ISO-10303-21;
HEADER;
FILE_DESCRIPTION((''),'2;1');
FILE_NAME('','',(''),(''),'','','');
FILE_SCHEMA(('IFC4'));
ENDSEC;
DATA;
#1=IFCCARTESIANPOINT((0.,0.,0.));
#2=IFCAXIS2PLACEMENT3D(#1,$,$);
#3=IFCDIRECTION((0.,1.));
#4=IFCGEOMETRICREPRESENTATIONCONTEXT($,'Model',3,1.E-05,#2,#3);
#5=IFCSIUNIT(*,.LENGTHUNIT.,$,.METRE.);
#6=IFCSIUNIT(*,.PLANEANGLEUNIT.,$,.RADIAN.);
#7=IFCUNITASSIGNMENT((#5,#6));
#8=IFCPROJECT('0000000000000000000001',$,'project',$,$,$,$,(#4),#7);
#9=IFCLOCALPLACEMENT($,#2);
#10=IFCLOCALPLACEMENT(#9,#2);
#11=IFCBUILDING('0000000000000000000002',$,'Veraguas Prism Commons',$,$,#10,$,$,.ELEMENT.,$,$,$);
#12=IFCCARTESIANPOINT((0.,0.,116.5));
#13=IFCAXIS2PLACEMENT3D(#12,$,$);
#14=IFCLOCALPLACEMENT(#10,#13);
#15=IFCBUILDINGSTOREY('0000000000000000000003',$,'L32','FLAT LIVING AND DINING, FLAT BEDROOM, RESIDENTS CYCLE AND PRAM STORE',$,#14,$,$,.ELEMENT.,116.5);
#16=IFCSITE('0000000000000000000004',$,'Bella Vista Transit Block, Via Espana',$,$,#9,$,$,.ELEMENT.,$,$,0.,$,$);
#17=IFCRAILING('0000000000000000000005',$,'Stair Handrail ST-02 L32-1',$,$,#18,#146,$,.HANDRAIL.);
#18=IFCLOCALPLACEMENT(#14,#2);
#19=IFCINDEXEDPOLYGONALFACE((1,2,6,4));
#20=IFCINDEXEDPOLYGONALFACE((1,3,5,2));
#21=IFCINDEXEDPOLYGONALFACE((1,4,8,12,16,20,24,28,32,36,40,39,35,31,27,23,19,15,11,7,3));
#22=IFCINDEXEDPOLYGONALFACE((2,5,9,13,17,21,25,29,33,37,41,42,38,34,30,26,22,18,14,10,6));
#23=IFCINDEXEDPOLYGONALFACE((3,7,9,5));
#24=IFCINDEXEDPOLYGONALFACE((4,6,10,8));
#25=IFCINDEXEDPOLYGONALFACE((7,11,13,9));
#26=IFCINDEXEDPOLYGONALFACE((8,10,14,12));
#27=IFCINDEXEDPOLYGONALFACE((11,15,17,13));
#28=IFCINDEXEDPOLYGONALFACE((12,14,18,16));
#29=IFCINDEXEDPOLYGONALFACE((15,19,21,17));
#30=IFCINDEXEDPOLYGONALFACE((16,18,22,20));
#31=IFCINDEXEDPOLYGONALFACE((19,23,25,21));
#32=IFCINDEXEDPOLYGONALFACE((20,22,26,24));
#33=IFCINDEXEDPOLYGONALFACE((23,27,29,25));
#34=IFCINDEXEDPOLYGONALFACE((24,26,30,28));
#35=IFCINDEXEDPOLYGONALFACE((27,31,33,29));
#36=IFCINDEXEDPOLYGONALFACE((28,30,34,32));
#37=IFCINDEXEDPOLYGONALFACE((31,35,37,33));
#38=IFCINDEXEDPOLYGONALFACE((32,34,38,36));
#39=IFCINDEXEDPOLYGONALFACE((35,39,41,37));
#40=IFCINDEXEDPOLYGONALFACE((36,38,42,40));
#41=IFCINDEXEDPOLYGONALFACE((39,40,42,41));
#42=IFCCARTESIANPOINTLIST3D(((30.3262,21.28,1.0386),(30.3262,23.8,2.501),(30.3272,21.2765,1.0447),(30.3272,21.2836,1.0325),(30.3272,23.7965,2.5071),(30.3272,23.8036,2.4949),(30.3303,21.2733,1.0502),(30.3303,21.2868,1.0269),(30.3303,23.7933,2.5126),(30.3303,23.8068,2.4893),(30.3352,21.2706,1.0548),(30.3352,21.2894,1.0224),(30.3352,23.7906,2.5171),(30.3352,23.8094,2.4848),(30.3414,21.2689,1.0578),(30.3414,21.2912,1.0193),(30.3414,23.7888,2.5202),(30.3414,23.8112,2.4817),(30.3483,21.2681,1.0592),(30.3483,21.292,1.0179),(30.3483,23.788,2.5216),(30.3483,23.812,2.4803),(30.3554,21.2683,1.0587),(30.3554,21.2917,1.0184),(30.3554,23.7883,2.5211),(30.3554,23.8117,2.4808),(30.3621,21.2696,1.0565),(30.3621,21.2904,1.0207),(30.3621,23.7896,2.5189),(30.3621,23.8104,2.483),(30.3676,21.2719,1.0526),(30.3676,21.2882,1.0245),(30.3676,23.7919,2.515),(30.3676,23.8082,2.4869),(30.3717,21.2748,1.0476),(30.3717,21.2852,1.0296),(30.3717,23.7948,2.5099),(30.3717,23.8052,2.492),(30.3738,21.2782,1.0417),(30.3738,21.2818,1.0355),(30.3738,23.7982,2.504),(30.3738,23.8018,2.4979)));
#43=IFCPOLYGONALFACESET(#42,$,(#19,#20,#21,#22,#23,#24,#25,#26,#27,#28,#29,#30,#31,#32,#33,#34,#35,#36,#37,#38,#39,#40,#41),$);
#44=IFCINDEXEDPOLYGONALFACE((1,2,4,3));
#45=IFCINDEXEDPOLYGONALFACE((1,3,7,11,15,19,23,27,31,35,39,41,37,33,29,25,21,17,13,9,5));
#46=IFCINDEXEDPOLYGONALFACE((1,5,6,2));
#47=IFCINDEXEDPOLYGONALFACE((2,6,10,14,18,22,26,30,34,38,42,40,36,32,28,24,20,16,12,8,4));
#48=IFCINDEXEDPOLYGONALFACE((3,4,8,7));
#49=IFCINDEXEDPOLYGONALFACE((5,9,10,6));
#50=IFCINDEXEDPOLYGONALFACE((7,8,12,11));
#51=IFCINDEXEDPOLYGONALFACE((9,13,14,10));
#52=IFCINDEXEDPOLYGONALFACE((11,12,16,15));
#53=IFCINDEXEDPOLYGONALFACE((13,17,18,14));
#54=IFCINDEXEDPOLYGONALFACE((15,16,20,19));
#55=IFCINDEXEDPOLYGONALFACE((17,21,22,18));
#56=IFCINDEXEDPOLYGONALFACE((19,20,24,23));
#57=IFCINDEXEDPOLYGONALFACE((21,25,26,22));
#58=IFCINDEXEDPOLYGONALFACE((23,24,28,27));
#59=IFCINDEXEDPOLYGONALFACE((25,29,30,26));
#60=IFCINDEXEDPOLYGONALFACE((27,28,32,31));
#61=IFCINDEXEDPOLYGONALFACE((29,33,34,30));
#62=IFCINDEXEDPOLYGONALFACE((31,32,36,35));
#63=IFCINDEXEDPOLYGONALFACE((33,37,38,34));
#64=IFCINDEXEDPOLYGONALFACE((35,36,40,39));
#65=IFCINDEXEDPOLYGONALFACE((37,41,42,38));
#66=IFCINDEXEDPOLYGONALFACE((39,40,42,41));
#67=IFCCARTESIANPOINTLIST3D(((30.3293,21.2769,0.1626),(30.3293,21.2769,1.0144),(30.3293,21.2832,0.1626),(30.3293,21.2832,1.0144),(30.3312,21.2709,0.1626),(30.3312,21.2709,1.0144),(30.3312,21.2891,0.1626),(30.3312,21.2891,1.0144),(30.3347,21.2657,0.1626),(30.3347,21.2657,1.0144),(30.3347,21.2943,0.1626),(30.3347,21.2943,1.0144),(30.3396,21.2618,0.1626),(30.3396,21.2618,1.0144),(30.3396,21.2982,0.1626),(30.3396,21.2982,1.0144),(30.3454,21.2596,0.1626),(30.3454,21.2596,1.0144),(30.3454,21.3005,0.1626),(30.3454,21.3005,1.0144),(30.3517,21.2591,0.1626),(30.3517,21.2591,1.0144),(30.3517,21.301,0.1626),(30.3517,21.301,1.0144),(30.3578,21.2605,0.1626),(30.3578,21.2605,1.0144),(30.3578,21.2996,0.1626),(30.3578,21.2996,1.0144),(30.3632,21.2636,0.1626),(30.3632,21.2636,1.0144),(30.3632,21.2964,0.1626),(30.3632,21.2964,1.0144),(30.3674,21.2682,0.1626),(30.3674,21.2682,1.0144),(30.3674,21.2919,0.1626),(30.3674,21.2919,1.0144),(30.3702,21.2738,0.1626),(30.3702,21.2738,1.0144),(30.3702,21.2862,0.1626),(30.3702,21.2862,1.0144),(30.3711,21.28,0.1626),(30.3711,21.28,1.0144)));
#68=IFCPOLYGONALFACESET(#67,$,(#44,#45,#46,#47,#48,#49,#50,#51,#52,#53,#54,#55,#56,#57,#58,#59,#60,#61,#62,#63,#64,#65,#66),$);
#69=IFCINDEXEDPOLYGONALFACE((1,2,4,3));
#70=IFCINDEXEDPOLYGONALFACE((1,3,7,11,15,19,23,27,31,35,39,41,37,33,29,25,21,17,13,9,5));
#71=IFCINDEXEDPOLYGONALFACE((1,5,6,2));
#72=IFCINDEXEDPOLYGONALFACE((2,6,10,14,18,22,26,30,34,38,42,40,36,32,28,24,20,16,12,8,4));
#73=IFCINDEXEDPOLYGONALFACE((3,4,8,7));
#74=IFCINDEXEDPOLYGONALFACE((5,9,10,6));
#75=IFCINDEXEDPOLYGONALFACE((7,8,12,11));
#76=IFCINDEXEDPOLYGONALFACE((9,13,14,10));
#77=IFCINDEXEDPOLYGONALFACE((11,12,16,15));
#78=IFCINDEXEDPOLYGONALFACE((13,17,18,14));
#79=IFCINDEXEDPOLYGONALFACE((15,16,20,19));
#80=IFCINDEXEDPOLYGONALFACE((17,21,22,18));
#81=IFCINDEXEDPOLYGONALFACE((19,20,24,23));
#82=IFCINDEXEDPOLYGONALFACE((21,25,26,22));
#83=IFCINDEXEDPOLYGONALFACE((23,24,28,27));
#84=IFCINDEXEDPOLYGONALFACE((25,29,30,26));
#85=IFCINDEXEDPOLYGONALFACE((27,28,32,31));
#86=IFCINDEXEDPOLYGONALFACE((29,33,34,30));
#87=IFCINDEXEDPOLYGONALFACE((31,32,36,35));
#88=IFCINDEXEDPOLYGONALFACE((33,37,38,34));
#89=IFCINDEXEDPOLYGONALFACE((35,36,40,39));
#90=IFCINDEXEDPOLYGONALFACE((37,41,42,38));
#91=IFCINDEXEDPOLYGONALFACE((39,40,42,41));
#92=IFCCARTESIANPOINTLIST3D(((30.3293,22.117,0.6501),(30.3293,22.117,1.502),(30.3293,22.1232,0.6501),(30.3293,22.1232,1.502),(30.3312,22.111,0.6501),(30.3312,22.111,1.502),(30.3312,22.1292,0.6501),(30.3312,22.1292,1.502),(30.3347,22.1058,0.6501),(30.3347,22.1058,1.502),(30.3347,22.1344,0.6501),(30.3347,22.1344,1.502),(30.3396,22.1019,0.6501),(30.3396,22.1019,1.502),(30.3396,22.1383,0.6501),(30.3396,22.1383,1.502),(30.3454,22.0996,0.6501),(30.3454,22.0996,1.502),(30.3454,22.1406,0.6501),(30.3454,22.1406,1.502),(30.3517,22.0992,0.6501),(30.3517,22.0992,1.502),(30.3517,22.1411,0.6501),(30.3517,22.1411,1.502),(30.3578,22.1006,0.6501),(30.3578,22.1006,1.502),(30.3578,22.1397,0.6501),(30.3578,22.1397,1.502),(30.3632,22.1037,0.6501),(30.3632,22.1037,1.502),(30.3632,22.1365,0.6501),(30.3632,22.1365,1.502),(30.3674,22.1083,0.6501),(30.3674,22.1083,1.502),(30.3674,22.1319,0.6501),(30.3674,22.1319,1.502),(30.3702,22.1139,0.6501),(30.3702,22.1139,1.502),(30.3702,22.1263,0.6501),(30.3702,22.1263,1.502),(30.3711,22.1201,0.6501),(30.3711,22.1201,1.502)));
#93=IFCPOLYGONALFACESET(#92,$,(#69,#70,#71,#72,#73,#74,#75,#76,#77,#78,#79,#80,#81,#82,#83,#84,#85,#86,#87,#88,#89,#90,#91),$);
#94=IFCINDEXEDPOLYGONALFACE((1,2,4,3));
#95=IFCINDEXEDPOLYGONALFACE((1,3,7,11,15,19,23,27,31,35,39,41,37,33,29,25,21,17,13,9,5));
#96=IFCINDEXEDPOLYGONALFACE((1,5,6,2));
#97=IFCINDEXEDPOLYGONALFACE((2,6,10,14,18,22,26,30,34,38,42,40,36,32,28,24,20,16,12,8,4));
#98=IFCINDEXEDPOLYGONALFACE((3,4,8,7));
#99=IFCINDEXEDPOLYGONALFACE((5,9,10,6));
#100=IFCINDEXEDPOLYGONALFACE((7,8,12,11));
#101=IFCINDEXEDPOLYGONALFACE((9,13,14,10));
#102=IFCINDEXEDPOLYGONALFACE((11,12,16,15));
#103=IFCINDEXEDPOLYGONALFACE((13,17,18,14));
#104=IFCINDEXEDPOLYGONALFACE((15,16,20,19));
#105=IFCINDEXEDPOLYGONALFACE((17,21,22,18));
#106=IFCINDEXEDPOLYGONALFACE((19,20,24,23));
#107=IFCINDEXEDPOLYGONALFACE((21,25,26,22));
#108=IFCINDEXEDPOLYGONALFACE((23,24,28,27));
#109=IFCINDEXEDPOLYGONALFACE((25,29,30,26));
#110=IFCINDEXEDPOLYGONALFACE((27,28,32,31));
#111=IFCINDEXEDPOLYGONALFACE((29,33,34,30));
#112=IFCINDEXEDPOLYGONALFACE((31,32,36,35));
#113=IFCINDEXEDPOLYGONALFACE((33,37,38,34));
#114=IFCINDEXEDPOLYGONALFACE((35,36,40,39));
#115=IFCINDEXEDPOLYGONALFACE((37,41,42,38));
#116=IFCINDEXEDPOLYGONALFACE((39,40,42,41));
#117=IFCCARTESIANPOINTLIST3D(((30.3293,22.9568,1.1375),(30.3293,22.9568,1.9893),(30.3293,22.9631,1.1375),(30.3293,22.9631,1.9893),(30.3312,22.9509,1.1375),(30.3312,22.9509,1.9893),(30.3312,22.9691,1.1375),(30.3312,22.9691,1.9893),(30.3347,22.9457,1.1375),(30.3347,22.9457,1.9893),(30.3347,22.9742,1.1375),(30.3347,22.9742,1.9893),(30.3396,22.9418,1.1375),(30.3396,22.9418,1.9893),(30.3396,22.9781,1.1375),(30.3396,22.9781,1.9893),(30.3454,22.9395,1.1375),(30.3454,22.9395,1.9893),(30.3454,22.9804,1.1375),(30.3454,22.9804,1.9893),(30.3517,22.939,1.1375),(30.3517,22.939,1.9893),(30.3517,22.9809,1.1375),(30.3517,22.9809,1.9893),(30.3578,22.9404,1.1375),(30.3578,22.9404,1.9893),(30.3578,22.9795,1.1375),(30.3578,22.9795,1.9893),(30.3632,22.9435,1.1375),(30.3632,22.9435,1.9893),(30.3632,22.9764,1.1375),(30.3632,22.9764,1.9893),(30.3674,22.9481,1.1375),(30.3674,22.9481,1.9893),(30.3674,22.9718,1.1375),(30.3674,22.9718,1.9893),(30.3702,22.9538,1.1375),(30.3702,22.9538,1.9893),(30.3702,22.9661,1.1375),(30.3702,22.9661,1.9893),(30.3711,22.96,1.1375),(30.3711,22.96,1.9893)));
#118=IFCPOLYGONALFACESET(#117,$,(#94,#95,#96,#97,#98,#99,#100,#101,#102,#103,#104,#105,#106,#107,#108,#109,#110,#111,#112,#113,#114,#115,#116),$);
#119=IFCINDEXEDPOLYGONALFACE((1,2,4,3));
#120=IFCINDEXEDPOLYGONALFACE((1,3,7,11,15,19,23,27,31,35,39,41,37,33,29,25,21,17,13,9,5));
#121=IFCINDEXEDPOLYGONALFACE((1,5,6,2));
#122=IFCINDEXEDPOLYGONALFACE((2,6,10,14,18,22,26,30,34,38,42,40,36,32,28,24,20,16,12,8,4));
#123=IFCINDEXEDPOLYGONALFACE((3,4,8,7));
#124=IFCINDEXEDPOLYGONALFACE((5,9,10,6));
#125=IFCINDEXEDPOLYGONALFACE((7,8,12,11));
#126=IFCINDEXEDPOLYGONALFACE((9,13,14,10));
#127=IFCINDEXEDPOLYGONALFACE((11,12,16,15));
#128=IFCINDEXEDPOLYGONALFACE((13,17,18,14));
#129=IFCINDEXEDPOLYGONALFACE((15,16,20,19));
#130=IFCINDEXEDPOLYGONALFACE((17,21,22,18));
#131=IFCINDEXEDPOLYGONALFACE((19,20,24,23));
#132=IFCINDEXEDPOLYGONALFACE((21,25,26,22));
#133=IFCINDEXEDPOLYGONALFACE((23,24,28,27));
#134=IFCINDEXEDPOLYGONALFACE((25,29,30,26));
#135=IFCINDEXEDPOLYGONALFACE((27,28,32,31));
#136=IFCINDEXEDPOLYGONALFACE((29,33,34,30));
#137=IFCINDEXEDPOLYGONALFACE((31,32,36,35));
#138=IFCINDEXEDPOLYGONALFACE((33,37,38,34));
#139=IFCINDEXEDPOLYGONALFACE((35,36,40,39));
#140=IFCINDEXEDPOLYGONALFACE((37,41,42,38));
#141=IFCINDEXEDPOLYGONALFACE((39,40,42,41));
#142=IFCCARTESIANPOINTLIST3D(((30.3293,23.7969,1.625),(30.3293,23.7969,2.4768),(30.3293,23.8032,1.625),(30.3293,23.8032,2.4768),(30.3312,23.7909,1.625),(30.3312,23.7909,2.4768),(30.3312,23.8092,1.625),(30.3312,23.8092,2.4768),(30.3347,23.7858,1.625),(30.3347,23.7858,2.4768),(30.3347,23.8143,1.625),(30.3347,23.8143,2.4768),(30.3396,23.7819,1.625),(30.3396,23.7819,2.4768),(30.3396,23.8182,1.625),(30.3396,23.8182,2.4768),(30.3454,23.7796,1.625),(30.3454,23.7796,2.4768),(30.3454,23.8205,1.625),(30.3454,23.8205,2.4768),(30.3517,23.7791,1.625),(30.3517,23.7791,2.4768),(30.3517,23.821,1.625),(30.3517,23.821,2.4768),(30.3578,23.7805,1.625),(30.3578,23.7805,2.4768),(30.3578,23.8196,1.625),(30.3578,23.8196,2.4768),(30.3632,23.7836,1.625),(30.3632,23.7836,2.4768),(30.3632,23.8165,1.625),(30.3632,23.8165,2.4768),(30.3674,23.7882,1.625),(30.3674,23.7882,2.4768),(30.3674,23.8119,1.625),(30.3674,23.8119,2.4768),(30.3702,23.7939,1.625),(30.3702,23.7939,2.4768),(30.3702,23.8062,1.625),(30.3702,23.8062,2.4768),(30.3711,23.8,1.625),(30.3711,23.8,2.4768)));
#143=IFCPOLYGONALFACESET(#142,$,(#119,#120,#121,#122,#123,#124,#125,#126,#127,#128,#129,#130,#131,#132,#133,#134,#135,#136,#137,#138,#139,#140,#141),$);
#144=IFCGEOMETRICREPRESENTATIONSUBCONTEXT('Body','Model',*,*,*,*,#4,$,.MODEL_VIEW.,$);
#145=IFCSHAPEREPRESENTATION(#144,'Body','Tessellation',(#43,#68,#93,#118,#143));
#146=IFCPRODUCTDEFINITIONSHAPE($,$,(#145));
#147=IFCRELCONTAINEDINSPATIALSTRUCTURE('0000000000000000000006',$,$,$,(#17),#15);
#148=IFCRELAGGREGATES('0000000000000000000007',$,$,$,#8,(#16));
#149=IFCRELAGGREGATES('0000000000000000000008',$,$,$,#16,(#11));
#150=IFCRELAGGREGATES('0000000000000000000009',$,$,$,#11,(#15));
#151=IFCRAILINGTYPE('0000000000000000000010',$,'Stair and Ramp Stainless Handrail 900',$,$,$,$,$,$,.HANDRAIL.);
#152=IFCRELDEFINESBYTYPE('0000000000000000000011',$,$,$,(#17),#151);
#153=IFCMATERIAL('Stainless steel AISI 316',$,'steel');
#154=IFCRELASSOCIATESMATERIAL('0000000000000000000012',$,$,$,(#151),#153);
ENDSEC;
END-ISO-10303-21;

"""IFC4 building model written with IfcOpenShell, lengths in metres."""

from ifc_helpers import new_model, si_unit, direction, frame, origin, origin_2d, place, context, subcontext, project, spatial, circle, extrude, material, type_object, element, save


model = new_model("IFC4")

# Units and contexts
model_context = context("Model", 3, precision=1e-05, world=origin(), true_north=direction((0.0, 1.0)))
body_context = subcontext(model_context, "Body", "Model", "MODEL_VIEW")
ifc_project = project(units=[si_unit("LENGTHUNIT", "METRE"), si_unit("PLANEANGLEUNIT", "RADIAN")], contexts=[model_context])

# Site, building, storey
site_placement = place(None, origin())
site = spatial("IfcSite", under=ifc_project, at=site_placement, Name="Bella Vista Transit Block, Via Espana", CompositionType="ELEMENT", RefElevation=0.0)
building_placement = place(site_placement, origin())
building = spatial("IfcBuilding", under=site, at=building_placement, Name="Veraguas Prism Commons", CompositionType="ELEMENT")
storey_placement = place(building_placement, frame((0.0, 0.0, 116.5)))
storey = spatial("IfcBuildingStorey", under=building, at=storey_placement, Name="L32", Description="FLAT LIVING AND DINING, FLAT BEDROOM, RESIDENTS CYCLE AND PRAM STORE", CompositionType="ELEMENT", Elevation=116.5)

# Shared definitions
ifc_material_1 = material(Name="Stainless steel AISI 316", Category="steel")

# Railing
railing_type_1 = type_object("IfcRailingType", Name="Stair and Ramp Stainless Handrail 900", PredefinedType="HANDRAIL", material=ifc_material_1)
railing_1_placement = place(storey_placement, frame((30.3501, 21.28, 0.1626)))
element("IfcRailing", 1, at=railing_1_placement, inside=storey, type_object=railing_type_1, Name="Stair Handrail ST-02 L32-1", PredefinedType="HANDRAIL", context=body_context, shape_type="SweptSolid", body=[
    extrude(circle(Radius=0.0239, at=origin_2d()), frame((0.0, 0.0, 0.876), z_axis=(0.0, 0.864913, 0.501921), x_axis=(-1.0, 0.0, 0.0)), (0.0, 0.0, 1.0), 2.9136),
    extrude(circle(Radius=0.021, at=origin_2d()), origin(), (0.0, 0.0, 1.0), 0.8518),
    extrude(circle(Radius=0.021, at=origin_2d()), frame((0.0, 0.8401, 0.4875)), (0.0, 0.0, 1.0), 0.8518),
    extrude(circle(Radius=0.021, at=origin_2d()), frame((0.0, 1.6799, 0.9749)), (0.0, 0.0, 1.0), 0.8518),
    extrude(circle(Radius=0.021, at=origin_2d()), frame((0.0, 2.52, 1.4624)), (0.0, 0.0, 1.0), 0.8518),
])

save(model, "model.ifc")
